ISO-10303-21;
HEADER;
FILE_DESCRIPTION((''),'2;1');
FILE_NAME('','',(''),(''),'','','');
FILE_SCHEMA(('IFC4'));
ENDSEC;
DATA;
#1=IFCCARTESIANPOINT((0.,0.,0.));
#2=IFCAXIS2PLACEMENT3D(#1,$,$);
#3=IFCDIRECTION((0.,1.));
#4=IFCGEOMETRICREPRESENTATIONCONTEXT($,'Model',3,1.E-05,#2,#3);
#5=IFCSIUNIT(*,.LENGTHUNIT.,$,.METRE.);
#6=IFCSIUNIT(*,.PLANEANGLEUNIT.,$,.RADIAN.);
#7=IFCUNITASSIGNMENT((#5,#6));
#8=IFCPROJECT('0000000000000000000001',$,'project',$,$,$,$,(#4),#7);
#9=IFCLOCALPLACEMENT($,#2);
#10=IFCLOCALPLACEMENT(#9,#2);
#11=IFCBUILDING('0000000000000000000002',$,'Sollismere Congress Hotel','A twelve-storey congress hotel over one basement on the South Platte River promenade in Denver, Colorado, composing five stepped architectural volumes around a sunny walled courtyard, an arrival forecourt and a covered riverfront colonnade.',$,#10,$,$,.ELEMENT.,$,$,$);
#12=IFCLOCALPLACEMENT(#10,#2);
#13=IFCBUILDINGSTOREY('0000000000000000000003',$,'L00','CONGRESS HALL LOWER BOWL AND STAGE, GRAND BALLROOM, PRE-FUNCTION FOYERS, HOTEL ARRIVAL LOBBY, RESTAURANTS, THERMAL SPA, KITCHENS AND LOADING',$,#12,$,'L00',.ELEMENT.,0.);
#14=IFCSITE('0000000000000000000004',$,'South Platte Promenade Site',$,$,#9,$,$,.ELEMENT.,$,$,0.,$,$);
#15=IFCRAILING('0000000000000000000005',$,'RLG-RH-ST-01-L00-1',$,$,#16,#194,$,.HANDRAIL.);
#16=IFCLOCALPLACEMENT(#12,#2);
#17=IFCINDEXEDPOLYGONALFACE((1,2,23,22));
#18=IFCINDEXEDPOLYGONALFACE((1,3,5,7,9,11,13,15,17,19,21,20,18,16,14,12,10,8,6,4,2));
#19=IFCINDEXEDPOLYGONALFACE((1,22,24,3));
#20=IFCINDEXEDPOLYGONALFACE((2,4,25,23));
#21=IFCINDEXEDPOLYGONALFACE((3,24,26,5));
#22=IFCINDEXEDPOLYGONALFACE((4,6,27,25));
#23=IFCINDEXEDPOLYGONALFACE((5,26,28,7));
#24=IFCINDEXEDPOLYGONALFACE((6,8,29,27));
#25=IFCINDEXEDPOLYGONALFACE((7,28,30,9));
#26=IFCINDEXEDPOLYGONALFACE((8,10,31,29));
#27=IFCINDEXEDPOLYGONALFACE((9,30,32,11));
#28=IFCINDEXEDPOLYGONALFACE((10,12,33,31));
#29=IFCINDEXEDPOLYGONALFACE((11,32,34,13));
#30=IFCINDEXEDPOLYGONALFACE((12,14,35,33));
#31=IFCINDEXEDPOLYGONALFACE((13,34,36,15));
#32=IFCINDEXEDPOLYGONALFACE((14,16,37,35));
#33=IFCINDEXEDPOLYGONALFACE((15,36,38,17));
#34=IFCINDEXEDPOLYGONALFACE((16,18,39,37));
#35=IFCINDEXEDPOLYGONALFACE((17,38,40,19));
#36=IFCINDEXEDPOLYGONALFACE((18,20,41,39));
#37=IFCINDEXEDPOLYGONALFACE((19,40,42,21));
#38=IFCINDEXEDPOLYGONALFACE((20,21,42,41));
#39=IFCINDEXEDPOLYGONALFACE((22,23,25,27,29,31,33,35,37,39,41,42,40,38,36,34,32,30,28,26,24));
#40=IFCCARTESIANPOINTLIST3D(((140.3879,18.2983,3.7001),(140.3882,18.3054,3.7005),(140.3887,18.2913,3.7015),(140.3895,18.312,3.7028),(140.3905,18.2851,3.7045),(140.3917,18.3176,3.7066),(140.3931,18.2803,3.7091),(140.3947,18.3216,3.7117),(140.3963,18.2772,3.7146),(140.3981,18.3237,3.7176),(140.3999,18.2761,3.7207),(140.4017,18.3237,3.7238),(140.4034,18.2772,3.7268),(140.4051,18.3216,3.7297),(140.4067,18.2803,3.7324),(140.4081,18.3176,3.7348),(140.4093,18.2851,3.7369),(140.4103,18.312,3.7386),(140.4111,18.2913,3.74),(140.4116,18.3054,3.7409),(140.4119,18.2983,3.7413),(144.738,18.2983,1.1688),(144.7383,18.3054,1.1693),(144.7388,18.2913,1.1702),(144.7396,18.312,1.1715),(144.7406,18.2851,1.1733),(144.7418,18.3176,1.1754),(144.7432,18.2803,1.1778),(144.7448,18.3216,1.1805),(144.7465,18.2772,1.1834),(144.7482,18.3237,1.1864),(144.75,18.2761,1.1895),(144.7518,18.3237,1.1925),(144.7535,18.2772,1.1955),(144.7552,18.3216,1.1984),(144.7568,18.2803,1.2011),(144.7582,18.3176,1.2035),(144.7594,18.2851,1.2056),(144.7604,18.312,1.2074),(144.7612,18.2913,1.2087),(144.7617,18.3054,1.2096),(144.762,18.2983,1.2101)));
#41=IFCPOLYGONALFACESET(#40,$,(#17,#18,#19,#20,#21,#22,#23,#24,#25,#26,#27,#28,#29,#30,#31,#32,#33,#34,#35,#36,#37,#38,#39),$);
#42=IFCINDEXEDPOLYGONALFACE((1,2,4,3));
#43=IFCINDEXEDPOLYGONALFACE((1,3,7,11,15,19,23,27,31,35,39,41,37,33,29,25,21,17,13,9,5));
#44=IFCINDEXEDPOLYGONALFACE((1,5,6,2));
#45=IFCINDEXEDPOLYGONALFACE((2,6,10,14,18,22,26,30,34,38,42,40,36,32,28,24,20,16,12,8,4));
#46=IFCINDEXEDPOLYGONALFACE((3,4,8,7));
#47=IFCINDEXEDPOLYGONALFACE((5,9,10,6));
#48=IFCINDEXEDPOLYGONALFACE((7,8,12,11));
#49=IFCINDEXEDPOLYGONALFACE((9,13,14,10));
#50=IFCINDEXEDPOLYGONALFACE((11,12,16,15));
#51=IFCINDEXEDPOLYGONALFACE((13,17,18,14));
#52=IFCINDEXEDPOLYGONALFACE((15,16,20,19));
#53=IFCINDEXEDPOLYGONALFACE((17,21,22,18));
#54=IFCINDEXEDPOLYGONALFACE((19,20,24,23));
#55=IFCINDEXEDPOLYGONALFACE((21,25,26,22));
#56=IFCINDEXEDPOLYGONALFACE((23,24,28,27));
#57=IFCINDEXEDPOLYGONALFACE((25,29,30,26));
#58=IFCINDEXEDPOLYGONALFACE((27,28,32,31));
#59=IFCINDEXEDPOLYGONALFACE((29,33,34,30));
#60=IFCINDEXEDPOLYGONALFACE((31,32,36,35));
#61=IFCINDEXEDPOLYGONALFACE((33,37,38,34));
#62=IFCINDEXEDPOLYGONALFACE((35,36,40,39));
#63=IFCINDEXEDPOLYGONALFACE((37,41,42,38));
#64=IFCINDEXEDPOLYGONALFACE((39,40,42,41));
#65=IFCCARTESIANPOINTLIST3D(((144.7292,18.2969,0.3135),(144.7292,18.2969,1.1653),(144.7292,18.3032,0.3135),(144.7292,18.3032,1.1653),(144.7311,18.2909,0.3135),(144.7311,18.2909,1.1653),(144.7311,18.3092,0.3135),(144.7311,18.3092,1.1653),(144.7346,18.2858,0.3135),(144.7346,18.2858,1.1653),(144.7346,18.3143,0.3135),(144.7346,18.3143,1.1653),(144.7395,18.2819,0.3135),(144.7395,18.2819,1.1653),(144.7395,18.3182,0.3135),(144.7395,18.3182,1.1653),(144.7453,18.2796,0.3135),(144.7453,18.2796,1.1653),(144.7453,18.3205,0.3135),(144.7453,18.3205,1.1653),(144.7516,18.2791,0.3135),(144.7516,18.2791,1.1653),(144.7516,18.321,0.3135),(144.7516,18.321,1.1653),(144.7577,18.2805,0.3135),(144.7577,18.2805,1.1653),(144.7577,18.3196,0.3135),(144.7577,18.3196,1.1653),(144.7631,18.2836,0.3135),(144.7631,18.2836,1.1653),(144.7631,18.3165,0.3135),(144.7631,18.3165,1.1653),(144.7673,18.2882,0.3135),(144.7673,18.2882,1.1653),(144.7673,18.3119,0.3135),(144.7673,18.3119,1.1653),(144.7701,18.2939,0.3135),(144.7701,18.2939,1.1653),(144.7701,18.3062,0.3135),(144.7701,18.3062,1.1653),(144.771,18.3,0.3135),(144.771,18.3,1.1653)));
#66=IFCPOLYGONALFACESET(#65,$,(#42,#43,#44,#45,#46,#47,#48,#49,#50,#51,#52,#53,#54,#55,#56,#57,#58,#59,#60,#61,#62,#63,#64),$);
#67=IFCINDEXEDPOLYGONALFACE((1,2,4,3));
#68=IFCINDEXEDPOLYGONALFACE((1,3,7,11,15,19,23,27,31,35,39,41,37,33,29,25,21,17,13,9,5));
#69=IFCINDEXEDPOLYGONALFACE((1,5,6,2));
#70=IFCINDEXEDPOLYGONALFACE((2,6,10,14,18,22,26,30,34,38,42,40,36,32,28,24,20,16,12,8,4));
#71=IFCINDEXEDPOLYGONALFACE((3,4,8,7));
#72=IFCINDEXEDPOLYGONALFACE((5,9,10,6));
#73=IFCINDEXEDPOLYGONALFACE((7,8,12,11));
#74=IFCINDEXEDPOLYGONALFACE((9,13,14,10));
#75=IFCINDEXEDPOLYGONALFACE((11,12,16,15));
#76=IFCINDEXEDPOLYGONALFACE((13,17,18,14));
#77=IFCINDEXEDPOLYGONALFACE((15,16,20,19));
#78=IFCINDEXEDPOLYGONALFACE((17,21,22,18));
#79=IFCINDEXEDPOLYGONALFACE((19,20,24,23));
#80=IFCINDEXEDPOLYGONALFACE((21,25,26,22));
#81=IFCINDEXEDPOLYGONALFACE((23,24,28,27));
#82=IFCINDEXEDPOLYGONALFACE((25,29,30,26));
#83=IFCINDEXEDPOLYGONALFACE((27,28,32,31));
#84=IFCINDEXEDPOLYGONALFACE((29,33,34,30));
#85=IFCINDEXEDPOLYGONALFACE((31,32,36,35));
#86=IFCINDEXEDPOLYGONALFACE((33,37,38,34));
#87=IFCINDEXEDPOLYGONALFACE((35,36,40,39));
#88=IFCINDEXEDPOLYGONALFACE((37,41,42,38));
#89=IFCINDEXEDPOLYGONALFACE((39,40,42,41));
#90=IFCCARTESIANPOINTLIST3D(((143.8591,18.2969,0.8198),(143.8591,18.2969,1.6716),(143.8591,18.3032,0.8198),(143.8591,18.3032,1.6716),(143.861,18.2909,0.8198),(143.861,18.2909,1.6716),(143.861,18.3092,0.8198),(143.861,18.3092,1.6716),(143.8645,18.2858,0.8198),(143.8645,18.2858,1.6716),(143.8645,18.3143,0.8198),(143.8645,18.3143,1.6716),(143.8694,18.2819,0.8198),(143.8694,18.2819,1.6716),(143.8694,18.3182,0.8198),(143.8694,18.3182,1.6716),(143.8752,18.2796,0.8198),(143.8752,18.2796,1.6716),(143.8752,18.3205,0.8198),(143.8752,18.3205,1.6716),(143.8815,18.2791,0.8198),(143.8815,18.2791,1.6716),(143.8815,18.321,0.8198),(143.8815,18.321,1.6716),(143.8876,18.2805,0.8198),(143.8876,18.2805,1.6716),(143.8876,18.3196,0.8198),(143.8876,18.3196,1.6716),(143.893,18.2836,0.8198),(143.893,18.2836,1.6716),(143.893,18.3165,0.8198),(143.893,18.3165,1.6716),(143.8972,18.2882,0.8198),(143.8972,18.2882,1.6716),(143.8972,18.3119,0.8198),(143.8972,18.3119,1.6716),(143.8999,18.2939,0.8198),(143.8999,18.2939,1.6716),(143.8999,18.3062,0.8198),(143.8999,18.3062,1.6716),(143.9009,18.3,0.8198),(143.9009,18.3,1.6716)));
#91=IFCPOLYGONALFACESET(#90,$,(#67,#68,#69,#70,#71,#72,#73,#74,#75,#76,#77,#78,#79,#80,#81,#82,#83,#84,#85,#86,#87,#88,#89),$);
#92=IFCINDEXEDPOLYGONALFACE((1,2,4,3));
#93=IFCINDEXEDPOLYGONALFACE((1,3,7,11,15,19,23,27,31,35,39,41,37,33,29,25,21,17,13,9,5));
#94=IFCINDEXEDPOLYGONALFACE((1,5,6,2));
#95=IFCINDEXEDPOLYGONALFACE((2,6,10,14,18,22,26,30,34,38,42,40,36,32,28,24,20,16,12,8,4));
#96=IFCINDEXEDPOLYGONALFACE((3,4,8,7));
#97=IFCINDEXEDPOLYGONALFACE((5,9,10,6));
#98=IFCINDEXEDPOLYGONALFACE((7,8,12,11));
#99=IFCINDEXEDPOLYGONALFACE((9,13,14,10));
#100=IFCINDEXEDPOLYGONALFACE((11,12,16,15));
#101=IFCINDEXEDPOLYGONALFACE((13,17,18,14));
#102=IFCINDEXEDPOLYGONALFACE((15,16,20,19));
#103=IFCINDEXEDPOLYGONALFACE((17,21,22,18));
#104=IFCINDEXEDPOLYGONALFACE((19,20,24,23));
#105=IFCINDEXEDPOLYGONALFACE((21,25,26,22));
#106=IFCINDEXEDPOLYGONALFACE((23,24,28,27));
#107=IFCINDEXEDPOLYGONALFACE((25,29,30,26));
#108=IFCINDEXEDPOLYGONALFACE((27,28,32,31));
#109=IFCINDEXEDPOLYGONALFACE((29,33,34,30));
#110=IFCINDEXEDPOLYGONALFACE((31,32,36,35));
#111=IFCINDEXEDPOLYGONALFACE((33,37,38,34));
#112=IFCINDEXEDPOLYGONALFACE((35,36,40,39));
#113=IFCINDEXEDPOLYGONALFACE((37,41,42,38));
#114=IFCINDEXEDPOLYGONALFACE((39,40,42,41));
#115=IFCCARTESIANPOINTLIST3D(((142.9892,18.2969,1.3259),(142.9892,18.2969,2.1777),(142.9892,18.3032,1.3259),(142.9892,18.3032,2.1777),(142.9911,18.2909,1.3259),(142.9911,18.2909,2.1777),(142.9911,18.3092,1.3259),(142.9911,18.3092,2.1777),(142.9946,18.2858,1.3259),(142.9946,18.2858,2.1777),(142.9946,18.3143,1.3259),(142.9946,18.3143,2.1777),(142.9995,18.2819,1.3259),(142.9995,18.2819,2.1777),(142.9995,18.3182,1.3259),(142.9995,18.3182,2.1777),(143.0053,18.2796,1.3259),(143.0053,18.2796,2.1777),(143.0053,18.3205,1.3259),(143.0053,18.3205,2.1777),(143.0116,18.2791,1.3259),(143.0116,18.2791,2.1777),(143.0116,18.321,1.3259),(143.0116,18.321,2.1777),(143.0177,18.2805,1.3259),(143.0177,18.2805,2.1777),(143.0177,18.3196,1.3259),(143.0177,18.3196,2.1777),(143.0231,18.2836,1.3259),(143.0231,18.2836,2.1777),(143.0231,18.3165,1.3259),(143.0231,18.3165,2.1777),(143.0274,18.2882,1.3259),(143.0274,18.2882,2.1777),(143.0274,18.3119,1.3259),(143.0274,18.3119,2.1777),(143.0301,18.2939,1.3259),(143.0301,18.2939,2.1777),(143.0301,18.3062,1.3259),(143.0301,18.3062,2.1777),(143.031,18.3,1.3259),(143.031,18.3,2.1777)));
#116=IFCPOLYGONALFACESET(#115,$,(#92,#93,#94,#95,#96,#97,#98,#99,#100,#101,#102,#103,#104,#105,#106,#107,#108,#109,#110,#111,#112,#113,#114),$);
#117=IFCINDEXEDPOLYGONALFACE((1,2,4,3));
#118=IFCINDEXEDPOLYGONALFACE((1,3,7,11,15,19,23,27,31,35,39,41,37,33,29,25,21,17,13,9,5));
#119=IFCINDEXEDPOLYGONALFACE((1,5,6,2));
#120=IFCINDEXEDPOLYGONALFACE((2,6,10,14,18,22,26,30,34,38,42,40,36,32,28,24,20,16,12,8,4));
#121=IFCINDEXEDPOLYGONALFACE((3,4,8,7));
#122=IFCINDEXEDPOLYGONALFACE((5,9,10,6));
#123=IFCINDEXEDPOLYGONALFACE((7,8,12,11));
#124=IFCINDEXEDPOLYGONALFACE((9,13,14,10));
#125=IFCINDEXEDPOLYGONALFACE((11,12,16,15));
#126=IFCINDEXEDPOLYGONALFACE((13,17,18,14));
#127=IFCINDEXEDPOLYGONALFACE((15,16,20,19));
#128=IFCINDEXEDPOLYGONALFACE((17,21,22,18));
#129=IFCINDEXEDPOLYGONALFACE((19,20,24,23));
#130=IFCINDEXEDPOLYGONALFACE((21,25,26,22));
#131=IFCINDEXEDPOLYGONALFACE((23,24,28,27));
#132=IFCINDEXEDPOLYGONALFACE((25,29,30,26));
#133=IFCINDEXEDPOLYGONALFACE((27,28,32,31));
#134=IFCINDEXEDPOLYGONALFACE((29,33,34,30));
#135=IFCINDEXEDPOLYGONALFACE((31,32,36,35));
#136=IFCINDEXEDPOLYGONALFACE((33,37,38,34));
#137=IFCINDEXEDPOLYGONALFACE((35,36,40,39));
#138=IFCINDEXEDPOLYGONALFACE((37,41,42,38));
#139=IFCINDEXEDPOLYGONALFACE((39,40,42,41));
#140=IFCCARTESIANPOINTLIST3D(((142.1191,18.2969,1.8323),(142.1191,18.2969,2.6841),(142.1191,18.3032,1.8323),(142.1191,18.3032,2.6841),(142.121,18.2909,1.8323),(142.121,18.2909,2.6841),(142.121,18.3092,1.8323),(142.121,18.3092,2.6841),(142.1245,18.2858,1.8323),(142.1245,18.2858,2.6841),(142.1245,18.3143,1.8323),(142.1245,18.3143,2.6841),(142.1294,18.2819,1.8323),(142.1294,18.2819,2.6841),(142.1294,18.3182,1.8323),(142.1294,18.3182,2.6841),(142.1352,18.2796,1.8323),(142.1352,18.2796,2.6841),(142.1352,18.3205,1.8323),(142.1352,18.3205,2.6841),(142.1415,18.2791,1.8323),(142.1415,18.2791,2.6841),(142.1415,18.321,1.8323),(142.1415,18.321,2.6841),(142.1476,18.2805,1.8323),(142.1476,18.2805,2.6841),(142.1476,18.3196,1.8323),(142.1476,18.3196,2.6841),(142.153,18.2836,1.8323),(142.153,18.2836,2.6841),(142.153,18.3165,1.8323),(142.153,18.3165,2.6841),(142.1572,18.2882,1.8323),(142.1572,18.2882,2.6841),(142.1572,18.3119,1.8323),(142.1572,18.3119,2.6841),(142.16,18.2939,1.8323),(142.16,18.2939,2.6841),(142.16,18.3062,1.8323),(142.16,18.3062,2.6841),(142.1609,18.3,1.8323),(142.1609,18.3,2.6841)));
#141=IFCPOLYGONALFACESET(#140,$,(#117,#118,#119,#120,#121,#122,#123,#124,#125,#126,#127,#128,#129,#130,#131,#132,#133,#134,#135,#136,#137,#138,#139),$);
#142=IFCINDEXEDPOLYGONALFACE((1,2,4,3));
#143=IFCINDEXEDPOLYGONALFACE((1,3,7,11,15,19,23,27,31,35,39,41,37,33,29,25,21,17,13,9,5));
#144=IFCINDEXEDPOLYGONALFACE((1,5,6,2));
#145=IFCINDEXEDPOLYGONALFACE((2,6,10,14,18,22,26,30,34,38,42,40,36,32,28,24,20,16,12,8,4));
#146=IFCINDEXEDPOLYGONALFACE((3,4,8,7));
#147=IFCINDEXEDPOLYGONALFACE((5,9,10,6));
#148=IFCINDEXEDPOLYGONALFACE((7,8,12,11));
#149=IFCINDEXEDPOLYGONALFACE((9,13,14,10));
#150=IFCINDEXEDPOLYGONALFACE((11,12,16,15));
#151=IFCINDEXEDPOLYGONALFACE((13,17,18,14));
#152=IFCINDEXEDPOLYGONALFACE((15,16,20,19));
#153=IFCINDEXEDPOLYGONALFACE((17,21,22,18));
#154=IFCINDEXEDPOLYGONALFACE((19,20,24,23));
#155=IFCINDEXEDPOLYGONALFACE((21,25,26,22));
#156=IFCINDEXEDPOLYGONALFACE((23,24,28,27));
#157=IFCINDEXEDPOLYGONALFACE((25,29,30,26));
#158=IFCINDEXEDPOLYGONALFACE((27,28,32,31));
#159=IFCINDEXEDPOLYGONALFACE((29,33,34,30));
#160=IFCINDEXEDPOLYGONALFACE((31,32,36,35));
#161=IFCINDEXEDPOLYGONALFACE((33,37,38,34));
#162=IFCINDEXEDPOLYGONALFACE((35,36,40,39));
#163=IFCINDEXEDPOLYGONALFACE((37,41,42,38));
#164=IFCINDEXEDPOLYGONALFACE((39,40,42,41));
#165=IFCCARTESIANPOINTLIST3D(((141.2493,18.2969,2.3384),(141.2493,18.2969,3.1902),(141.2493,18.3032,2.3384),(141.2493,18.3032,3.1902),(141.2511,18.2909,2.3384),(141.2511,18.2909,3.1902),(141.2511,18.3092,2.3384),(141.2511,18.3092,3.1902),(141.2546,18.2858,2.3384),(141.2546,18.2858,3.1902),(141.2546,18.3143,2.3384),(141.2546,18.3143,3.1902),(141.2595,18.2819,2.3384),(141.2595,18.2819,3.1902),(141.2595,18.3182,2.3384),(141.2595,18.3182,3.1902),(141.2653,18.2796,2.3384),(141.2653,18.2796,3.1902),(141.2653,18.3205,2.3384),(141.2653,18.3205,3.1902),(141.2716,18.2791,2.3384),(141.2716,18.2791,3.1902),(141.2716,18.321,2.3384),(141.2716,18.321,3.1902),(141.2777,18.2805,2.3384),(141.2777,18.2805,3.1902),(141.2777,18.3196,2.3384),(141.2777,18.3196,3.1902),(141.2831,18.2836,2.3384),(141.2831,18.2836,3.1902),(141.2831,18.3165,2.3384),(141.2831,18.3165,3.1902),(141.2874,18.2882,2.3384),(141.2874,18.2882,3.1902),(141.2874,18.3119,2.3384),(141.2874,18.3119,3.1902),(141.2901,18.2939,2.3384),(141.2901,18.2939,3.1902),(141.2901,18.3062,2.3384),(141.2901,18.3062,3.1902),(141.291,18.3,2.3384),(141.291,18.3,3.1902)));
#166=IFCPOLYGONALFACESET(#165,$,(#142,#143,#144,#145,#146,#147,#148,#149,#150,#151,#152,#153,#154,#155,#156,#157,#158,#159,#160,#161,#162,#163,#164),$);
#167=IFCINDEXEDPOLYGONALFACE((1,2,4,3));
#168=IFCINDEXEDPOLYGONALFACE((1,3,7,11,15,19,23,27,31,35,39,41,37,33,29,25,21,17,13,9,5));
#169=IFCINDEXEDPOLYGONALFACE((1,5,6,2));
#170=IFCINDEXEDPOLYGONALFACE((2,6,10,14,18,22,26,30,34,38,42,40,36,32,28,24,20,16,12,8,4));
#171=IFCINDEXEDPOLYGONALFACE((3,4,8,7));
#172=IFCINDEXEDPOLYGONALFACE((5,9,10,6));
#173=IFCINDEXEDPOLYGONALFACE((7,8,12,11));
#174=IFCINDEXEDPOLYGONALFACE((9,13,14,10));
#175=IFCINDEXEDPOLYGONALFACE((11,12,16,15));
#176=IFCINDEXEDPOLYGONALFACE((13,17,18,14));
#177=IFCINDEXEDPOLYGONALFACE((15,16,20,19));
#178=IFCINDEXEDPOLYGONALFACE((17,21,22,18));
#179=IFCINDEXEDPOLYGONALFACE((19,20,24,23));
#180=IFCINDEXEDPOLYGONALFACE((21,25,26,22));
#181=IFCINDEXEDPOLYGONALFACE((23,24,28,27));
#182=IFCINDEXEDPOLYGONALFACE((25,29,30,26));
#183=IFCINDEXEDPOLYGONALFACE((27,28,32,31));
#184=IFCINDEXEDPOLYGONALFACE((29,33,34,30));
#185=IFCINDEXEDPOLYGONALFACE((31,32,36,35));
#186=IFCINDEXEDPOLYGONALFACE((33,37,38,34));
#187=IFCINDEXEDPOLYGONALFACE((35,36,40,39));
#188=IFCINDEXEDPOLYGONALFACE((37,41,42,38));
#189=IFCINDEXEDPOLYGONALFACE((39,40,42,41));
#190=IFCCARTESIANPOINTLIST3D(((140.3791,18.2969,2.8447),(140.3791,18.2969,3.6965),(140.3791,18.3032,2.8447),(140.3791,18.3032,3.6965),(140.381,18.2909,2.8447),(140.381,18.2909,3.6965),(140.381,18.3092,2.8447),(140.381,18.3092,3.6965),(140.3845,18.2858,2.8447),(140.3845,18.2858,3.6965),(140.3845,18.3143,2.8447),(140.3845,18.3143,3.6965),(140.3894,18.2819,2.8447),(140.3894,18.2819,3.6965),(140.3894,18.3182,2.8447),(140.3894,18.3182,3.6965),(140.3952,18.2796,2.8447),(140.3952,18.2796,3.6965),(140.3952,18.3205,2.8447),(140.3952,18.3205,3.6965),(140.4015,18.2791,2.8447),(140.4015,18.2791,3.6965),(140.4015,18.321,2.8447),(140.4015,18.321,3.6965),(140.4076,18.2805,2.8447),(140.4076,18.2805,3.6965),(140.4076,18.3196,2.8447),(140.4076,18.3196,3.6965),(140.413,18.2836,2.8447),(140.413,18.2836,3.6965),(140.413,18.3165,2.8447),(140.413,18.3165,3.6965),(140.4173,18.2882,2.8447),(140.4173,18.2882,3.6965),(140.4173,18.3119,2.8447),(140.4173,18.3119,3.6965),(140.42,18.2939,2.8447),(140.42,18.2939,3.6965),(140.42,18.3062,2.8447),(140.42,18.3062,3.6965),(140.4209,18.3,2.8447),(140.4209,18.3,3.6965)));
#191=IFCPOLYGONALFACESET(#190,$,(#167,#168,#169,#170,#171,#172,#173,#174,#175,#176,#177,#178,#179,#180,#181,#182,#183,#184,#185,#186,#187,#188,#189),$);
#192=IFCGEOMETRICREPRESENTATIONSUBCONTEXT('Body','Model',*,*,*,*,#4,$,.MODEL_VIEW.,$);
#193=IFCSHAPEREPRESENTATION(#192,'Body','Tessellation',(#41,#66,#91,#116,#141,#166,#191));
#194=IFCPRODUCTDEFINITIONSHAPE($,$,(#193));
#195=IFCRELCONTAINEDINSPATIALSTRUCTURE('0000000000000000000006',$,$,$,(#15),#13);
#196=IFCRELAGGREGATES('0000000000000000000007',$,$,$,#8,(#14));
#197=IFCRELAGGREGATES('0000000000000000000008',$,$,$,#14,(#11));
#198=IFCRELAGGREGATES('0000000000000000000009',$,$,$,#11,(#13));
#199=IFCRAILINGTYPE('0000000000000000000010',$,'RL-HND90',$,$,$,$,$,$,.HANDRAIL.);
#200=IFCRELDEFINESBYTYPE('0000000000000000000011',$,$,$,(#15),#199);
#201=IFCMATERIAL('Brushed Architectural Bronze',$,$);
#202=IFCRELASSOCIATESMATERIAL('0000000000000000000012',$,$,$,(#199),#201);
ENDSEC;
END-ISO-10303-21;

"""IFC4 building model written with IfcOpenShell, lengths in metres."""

from ifc_helpers import new_model, si_unit, direction, frame, origin, origin_2d, place, context, subcontext, project, spatial, circle, extrude, material, type_object, element, save


model = new_model("IFC4")

# Units and contexts
model_context = context("Model", 3, precision=1e-05, world=origin(), true_north=direction((0.0, 1.0)))
body_context = subcontext(model_context, "Body", "Model", "MODEL_VIEW")
ifc_project = project(units=[si_unit("LENGTHUNIT", "METRE"), si_unit("PLANEANGLEUNIT", "RADIAN")], contexts=[model_context])

# Site, building, storey
site_placement = place(None, origin())
site = spatial("IfcSite", under=ifc_project, at=site_placement, Name="South Platte Promenade Site", CompositionType="ELEMENT", RefElevation=0.0)
building_placement = place(site_placement, origin())
building = spatial("IfcBuilding", under=site, at=building_placement, Name="Sollismere Congress Hotel", Description="A twelve-storey congress hotel over one basement on the South Platte River promenade in Denver, Colorado, composing five stepped architectural volumes around a sunny walled courtyard, an arrival forecourt and a covered riverfront colonnade.", CompositionType="ELEMENT")
storey_placement = place(building_placement, origin())
storey = spatial("IfcBuildingStorey", under=building, at=storey_placement, Name="L00", Description="CONGRESS HALL LOWER BOWL AND STAGE, GRAND BALLROOM, PRE-FUNCTION FOYERS, HOTEL ARRIVAL LOBBY, RESTAURANTS, THERMAL SPA, KITCHENS AND LOADING", LongName="L00", CompositionType="ELEMENT", Elevation=0.0)

# Railing
ifc_material_1 = material(Name="Brushed Architectural Bronze")
railing_type_1 = type_object("IfcRailingType", Name="RL-HND90", PredefinedType="HANDRAIL", material=ifc_material_1)
railing_1_placement = place(storey_placement, frame((144.75, 18.3, 0.3135)))
element("IfcRailing", 1, at=railing_1_placement, inside=storey, type_object=railing_type_1, Name="RLG-RH-ST-01-L00-1", PredefinedType="HANDRAIL", context=body_context, shape_type="SweptSolid", body=[
    extrude(circle(Radius=0.0239, at=origin_2d()), frame((0.0, 0.0, 0.876), z_axis=(-0.864324, 0.0, 0.502936), x_axis=(0.0, -1.0, 0.0)), (0.0, 0.0, 1.0), 5.033),
    extrude(circle(Radius=0.021, at=origin_2d()), origin(), (0.0, 0.0, 1.0), 0.8518),
    extrude(circle(Radius=0.021, at=origin_2d()), frame((-0.8701, 0.0, 0.5063)), (0.0, 0.0, 1.0), 0.8518),
    extrude(circle(Radius=0.021, at=origin_2d()), frame((-1.74, 0.0, 1.0125)), (0.0, 0.0, 1.0), 0.8518),
    extrude(circle(Radius=0.021, at=origin_2d()), frame((-2.6101, 0.0, 1.5188)), (0.0, 0.0, 1.0), 0.8518),
    extrude(circle(Radius=0.021, at=origin_2d()), frame((-3.48, 0.0, 2.0249)), (0.0, 0.0, 1.0), 0.8518),
    extrude(circle(Radius=0.021, at=origin_2d()), frame((-4.3501, 0.0, 2.5312)), (0.0, 0.0, 1.0), 0.8518),
])

save(model, "model.ifc")
